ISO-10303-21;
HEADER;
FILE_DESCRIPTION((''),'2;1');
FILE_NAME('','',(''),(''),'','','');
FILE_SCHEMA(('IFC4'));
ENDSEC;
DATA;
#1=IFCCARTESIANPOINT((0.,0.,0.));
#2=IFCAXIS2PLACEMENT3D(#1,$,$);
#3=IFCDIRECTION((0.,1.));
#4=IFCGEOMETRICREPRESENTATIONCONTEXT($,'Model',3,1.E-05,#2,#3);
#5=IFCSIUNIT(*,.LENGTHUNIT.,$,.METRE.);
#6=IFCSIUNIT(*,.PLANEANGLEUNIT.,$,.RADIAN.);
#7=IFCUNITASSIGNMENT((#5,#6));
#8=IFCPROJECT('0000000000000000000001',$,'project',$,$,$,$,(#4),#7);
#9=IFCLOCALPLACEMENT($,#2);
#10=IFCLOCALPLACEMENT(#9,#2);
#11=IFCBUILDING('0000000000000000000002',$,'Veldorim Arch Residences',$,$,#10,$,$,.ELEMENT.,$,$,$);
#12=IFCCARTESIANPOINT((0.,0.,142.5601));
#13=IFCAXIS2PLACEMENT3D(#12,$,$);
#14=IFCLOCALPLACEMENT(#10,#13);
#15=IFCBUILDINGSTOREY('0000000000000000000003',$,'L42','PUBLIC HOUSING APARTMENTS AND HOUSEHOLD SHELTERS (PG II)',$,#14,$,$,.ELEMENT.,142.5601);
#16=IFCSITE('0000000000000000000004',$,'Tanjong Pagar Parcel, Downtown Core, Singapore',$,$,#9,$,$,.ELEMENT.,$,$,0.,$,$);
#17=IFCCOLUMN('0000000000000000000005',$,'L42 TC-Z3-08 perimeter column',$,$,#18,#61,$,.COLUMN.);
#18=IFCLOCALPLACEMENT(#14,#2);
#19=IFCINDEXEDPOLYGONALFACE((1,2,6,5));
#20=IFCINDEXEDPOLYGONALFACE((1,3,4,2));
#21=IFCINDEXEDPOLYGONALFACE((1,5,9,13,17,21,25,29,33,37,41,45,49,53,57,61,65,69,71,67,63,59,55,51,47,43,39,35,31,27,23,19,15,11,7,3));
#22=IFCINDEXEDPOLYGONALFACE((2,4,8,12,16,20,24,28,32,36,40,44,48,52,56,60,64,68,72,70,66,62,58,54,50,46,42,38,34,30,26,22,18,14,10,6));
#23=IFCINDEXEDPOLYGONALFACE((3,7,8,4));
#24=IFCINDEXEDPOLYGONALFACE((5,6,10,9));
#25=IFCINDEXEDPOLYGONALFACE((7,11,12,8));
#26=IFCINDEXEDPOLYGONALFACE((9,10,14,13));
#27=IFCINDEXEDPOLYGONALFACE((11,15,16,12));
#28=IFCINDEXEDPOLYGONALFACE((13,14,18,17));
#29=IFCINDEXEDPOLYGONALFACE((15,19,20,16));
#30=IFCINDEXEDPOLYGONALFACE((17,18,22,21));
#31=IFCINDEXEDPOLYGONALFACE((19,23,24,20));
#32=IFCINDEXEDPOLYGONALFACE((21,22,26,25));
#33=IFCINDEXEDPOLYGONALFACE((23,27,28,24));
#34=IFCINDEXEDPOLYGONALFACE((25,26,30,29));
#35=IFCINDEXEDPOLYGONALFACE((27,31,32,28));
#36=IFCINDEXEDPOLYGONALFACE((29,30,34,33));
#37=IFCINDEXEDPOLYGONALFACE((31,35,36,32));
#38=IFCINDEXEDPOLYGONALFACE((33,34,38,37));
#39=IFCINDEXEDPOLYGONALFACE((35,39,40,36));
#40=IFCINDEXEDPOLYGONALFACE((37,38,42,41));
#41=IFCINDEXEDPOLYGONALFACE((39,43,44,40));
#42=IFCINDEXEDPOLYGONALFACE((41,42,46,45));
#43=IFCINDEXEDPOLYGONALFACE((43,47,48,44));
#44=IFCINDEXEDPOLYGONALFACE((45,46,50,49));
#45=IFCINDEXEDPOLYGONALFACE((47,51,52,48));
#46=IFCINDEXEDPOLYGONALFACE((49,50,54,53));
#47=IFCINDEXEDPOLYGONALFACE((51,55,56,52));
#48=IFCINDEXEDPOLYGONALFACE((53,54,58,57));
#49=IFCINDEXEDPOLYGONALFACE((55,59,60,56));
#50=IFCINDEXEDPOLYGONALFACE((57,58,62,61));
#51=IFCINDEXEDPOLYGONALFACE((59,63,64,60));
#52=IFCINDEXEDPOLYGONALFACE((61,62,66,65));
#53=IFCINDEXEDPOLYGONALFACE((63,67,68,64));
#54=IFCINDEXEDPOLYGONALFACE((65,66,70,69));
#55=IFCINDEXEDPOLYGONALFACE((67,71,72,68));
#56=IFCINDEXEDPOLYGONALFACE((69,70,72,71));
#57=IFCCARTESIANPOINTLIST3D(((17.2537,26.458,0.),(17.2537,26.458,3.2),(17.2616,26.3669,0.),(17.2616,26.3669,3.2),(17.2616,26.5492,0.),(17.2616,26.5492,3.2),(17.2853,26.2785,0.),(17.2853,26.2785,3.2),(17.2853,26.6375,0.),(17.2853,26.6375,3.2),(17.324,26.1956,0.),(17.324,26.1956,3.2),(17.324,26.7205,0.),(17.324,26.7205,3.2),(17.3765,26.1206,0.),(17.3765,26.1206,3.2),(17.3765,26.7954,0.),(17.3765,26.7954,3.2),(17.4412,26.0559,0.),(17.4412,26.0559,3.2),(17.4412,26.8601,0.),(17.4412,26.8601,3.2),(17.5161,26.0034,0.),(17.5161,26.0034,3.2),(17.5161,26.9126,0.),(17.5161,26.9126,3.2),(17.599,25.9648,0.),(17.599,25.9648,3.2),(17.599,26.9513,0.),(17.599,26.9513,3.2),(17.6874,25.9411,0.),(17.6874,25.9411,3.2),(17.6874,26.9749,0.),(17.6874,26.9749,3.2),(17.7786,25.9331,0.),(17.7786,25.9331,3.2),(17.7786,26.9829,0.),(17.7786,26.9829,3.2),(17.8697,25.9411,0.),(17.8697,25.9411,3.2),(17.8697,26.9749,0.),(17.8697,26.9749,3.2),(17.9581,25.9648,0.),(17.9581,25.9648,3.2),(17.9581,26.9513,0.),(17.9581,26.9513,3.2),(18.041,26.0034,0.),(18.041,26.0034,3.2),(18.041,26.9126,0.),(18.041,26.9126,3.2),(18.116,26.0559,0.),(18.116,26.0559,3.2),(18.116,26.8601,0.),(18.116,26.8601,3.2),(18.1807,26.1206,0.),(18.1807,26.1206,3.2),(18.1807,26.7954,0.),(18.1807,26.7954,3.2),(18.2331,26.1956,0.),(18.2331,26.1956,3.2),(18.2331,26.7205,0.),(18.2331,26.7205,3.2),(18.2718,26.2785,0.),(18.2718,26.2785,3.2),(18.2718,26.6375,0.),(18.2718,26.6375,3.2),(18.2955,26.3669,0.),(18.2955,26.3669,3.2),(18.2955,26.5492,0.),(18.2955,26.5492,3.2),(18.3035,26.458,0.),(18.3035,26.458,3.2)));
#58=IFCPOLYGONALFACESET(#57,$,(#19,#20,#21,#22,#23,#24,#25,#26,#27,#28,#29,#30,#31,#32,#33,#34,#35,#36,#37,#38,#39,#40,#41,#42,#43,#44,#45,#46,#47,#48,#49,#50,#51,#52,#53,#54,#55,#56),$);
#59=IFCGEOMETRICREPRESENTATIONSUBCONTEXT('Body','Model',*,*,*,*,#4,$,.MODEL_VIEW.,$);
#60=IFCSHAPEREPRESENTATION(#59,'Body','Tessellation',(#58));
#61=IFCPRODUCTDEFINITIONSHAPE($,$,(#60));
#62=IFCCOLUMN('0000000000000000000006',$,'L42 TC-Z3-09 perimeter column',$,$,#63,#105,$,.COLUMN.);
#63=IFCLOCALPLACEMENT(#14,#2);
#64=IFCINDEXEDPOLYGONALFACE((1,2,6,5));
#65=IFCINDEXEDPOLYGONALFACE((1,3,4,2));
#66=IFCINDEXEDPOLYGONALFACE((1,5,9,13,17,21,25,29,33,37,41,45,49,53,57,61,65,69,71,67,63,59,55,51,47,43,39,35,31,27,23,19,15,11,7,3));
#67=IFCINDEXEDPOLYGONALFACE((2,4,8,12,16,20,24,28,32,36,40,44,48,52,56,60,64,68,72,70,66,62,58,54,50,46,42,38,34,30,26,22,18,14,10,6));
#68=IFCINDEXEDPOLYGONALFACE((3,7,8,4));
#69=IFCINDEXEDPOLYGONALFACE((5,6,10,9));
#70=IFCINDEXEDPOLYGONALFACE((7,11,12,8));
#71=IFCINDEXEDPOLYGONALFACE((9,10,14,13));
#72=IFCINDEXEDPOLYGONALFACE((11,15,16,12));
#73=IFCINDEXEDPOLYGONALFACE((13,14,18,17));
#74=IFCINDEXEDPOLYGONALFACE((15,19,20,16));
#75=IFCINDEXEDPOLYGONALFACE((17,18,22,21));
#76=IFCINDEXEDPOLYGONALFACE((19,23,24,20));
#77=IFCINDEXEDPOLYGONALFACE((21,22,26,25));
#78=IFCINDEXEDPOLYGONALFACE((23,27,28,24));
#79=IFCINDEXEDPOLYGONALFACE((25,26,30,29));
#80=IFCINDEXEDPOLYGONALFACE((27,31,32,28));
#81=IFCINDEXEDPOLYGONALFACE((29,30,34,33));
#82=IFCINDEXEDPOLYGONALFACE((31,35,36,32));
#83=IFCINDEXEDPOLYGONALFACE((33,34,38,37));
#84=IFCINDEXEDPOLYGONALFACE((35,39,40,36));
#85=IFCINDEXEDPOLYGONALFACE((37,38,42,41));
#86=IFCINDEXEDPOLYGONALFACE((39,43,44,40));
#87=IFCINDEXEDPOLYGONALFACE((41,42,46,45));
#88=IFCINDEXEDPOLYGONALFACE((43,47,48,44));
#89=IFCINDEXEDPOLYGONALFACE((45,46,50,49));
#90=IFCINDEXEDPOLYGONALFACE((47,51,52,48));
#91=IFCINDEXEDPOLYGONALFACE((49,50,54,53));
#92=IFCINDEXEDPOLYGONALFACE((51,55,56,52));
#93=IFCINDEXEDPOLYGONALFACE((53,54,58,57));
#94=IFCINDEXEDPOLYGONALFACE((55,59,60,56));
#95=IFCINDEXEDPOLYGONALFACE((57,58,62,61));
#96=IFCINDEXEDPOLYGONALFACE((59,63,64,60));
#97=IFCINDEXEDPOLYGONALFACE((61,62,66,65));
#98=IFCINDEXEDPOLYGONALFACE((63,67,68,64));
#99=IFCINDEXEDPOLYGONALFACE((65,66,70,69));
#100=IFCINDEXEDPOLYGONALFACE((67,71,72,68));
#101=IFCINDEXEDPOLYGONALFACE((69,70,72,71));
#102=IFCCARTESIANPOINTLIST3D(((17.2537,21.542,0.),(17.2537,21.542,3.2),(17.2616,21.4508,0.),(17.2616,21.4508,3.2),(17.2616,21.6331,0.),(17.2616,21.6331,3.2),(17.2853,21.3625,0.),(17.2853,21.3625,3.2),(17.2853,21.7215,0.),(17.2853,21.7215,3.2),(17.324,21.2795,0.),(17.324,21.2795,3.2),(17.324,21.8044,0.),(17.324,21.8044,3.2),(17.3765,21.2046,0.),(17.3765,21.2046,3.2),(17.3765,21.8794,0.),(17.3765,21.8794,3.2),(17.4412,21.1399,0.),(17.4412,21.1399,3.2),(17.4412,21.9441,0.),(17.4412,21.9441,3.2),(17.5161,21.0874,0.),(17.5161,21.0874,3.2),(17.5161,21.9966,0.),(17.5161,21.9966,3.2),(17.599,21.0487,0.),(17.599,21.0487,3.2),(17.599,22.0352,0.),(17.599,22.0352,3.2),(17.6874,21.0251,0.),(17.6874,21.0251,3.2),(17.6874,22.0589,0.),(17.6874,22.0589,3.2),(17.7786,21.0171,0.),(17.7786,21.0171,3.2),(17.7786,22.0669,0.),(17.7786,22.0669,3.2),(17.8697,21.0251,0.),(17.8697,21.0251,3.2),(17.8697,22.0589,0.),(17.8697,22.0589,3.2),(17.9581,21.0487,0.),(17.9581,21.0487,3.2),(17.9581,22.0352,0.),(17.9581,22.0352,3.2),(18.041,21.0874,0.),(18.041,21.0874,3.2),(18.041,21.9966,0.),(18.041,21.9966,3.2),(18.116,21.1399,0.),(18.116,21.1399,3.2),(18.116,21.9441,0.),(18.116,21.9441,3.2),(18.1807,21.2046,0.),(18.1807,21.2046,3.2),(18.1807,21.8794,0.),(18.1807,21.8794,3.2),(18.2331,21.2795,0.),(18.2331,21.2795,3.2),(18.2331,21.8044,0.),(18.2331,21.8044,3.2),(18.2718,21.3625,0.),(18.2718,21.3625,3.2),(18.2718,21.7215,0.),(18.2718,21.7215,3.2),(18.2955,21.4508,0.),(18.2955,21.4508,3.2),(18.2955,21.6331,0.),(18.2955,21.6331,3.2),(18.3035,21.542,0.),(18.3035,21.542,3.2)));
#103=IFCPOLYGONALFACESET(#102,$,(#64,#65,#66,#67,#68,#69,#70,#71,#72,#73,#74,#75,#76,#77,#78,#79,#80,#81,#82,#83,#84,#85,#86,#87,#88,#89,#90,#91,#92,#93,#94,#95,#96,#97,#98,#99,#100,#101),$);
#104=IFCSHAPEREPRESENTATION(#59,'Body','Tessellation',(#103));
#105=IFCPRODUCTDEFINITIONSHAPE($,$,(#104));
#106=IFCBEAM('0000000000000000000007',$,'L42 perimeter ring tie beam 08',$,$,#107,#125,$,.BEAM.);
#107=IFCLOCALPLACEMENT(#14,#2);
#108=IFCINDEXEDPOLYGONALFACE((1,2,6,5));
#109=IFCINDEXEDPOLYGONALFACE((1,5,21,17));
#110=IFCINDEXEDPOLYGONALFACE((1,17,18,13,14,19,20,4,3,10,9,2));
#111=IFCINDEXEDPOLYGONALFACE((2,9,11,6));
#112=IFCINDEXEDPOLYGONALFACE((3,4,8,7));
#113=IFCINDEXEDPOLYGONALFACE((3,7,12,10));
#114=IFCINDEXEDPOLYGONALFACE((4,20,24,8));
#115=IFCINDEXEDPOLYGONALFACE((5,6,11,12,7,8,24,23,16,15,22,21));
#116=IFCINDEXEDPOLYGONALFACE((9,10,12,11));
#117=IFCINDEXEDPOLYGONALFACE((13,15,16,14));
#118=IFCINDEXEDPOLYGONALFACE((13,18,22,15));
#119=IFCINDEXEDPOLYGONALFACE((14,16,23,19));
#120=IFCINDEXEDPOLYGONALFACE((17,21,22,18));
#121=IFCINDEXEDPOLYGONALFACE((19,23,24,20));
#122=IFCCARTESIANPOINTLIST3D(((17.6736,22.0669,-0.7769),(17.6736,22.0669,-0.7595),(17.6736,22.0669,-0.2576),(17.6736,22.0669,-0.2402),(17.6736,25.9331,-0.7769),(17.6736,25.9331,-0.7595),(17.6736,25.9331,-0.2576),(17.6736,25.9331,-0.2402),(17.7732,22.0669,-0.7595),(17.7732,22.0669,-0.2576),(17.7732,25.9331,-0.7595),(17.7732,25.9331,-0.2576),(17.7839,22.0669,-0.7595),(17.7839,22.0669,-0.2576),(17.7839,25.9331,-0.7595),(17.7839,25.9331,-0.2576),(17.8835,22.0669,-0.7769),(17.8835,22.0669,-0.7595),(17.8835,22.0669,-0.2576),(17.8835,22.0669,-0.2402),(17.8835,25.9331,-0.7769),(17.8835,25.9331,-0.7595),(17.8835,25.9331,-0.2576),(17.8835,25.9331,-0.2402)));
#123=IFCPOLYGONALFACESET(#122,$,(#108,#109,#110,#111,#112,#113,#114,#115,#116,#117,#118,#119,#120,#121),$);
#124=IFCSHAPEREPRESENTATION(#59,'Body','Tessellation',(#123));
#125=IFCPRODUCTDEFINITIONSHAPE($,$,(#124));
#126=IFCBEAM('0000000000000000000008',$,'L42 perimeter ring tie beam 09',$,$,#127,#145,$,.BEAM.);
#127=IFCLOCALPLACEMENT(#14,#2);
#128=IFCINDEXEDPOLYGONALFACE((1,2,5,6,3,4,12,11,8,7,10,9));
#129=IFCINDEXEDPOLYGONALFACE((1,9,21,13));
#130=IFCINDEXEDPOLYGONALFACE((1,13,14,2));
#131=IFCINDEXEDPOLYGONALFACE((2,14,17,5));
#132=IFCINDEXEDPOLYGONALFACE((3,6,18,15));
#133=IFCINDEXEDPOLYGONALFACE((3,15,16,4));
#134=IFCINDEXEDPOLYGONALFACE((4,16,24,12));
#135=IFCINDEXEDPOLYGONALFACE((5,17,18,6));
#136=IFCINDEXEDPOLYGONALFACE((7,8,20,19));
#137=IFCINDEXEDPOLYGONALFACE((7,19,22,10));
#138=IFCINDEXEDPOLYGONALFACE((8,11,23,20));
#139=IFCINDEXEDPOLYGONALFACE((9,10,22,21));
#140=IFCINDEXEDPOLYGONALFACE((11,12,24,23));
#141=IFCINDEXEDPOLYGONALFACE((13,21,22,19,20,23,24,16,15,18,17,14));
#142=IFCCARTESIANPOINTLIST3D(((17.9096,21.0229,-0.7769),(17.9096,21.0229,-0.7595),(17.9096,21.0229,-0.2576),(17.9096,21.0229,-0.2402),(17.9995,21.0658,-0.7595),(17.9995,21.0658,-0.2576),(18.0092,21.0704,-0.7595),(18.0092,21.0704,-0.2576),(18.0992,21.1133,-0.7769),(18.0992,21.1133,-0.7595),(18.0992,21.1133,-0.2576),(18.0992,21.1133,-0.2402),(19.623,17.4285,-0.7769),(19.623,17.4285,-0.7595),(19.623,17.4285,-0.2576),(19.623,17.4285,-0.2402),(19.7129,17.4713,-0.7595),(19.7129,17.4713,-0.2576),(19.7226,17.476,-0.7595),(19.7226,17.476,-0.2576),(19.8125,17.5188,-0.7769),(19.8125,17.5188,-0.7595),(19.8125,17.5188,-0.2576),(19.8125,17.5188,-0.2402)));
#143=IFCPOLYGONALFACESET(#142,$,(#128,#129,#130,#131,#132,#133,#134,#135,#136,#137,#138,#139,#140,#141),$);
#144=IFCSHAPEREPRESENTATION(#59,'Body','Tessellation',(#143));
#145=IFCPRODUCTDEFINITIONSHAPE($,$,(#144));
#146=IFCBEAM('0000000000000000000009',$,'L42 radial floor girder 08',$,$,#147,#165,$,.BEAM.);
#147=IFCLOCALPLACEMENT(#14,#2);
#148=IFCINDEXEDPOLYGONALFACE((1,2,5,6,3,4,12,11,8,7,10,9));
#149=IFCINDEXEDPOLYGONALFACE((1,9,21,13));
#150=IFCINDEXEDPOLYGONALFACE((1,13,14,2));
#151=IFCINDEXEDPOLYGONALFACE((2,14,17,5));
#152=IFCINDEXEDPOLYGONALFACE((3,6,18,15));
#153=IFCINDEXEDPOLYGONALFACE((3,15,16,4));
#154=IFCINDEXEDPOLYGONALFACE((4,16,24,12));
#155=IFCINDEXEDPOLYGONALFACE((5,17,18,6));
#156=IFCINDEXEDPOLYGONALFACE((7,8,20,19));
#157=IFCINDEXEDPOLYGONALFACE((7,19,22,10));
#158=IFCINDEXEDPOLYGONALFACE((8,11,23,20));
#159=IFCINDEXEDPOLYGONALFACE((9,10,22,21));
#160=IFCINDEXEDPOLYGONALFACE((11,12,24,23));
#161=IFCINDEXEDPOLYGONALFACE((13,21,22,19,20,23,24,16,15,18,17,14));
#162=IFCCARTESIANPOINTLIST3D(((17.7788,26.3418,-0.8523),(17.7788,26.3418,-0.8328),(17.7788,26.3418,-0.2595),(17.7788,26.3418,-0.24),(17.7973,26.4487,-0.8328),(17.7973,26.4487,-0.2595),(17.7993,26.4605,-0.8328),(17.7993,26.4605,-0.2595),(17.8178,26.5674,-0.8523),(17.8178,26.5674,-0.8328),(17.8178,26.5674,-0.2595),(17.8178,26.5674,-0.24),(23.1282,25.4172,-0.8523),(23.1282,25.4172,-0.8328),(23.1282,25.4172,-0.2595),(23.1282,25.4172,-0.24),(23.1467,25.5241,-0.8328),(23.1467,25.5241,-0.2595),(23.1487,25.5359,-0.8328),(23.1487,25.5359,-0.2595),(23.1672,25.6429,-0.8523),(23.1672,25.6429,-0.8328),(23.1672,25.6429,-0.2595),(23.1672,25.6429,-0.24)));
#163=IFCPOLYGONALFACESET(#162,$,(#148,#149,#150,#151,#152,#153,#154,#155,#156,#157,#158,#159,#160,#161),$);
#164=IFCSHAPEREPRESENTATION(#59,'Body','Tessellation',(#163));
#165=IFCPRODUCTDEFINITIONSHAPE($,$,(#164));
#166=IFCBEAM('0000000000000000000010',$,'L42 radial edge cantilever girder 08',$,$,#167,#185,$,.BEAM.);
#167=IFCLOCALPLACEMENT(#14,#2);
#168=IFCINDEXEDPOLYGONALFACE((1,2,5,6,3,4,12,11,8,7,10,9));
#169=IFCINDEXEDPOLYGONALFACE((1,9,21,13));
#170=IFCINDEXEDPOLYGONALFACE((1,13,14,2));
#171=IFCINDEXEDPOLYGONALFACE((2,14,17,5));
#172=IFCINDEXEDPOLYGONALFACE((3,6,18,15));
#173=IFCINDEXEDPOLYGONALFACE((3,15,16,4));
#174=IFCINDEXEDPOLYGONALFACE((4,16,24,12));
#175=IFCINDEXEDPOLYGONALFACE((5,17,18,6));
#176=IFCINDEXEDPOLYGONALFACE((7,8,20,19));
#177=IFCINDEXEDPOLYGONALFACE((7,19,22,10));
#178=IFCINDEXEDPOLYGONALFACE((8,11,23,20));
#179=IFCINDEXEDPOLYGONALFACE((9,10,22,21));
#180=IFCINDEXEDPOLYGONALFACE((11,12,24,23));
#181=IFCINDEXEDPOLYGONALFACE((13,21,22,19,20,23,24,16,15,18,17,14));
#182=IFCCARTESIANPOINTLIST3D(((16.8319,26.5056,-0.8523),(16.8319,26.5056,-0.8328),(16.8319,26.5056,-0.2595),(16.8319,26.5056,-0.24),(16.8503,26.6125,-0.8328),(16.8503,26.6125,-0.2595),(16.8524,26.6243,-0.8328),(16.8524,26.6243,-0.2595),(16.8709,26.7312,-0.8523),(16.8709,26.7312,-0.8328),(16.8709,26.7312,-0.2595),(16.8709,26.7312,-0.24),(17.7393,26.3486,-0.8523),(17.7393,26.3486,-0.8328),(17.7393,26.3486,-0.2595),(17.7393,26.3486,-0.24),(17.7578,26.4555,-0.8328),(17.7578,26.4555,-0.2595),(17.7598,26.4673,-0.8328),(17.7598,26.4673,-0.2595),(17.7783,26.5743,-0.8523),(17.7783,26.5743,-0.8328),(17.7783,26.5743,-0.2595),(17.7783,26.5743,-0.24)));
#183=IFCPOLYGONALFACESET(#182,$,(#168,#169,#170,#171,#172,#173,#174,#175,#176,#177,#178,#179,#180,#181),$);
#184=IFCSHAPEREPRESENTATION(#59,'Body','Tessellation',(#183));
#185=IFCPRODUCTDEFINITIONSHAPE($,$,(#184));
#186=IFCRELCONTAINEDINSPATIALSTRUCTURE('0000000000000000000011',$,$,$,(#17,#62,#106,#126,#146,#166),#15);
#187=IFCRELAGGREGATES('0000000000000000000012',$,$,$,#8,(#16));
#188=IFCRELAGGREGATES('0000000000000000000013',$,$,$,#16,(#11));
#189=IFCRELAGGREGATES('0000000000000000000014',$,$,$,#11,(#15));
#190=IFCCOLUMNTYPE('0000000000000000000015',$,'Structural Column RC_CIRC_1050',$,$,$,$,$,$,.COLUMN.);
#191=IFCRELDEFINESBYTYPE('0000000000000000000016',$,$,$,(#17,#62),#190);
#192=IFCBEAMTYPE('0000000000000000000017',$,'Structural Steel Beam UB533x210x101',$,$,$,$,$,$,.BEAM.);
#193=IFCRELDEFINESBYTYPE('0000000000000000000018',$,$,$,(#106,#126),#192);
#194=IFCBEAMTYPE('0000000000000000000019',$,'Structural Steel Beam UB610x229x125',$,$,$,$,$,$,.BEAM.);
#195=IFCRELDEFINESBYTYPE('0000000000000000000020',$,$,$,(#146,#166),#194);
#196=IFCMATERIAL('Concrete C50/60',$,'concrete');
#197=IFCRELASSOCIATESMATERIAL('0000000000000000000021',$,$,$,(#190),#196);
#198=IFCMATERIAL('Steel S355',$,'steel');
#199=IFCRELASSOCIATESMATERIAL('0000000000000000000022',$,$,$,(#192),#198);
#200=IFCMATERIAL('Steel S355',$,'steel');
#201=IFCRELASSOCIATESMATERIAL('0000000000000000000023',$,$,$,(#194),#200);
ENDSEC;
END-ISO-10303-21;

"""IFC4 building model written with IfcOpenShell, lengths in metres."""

from ifc_helpers import new_model, si_unit, direction, frame, origin, origin_2d, place, context, subcontext, project, spatial, circle, i_section, extrude, material, material_profile, profile_set, type_object, element, save


model = new_model("IFC4")

# Units and contexts
model_context = context("Model", 3, precision=1e-05, world=origin(), true_north=direction((0.0, 1.0)))
body_context = subcontext(model_context, "Body", "Model", "MODEL_VIEW")
ifc_project = project(units=[si_unit("LENGTHUNIT", "METRE"), si_unit("PLANEANGLEUNIT", "RADIAN")], contexts=[model_context])

# Site, building, storey
site_placement = place(None, origin())
site = spatial("IfcSite", under=ifc_project, at=site_placement, Name="Tanjong Pagar Parcel, Downtown Core, Singapore", CompositionType="ELEMENT", RefElevation=0.0)
building_placement = place(site_placement, origin())
building = spatial("IfcBuilding", under=site, at=building_placement, Name="Veldorim Arch Residences", CompositionType="ELEMENT")
storey_placement = place(building_placement, frame((0.0, 0.0, 142.5601)))
storey = spatial("IfcBuildingStorey", under=building, at=storey_placement, Name="L42", Description="PUBLIC HOUSING APARTMENTS AND HOUSEHOLD SHELTERS (PG II)", CompositionType="ELEMENT", Elevation=142.5601)

# Columns
ifc_material_1 = material(Name="Concrete C50/60", Category="concrete")
ifc_material_profile_1 = material_profile(ifc_material_1, circle(Radius=0.5249, at=origin_2d()), Name="RC_CIRC_1050")
ifc_profile_set_1 = profile_set([ifc_material_profile_1], Name="Concrete C50/60")
column_type = type_object("IfcColumnType", Name="Structural Column RC_CIRC_1050", PredefinedType="COLUMN", material=ifc_profile_set_1)
for number, where, z_axis, x_axis, name in (
    (1, (17.7786, 26.458, 0.0), (0.0, 0.0, 1.0), (1.0, 0.0, 0.0), "L42 TC-Z3-08 perimeter column"),
    (2, (17.7786, 21.542, 0.0), (0.0, 0.0, 1.0), (1.0, 0.0, 0.0), "L42 TC-Z3-09 perimeter column"),
):
    element("IfcColumn", number, at=place(storey_placement, frame(where, z_axis=z_axis, x_axis=x_axis)), inside=storey, type_object=column_type, Name=name, PredefinedType="COLUMN", context=body_context, shape_type="SweptSolid", body=[
        extrude(circle(Radius=0.5249, at=origin_2d()), origin(), (0.0, 0.0, 1.0), 3.2),
    ])

# Beams
ifc_material_2 = material(Name="Steel S355", Category="steel")
ifc_material_profile_2 = material_profile(ifc_material_2, i_section(OverallWidth=0.21, OverallDepth=0.5366, WebThickness=0.0107, FlangeThickness=0.0173, at=origin_2d()), Name="UB533x210x101")
ifc_profile_set_2 = profile_set([ifc_material_profile_2], Name="Steel S355")
beam_type_1 = type_object("IfcBeamType", Name="Structural Steel Beam UB533x210x101", PredefinedType="BEAM", material=ifc_profile_set_2)
beam_1_placement = place(storey_placement, frame((17.7786, 25.9331, -0.5085), z_axis=(0.0, -1.0, 0.0), x_axis=(1.0, 0.0, 0.0)))
element("IfcBeam", 3, at=beam_1_placement, inside=storey, type_object=beam_type_1, Name="L42 perimeter ring tie beam 08", PredefinedType="BEAM", context=body_context, shape_type="SweptSolid", body=[
    extrude(i_section(OverallWidth=0.21, OverallDepth=0.5366, WebThickness=0.0107, FlangeThickness=0.0173, at=origin_2d()), origin(), (0.0, 0.0, 1.0), 3.8662),
])
beam_2_placement = place(storey_placement, frame((18.0044, 21.0681, -0.5085), z_axis=(0.430286, -0.902693, 0.0), x_axis=(0.902693, 0.430286, 0.0)))
element("IfcBeam", 4, at=beam_2_placement, inside=storey, type_object=beam_type_1, Name="L42 perimeter ring tie beam 09", PredefinedType="BEAM", context=body_context, shape_type="SweptSolid", body=[
    extrude(i_section(OverallWidth=0.21, OverallDepth=0.5366, WebThickness=0.0107, FlangeThickness=0.0173, at=origin_2d()), origin(), (0.0, 0.0, 1.0), 3.9819),
])
ifc_material_3 = material(Name="Steel S355", Category="steel")
ifc_material_profile_3 = material_profile(ifc_material_3, i_section(OverallWidth=0.229, OverallDepth=0.6123, WebThickness=0.012, FlangeThickness=0.0195, at=origin_2d()), Name="UB610x229x125")
ifc_profile_set_3 = profile_set([ifc_material_profile_3], Name="Steel S355")
beam_type_2 = type_object("IfcBeamType", Name="Structural Steel Beam UB610x229x125", PredefinedType="BEAM", material=ifc_profile_set_3)
beam_3_placement = place(storey_placement, frame((23.1477, 25.53, -0.5461), z_axis=(-0.98539, 0.170311, 0.0), x_axis=(-0.170311, -0.98539, 0.0)))
element("IfcBeam", 5, at=beam_3_placement, inside=storey, type_object=beam_type_2, Name="L42 radial floor girder 08", PredefinedType="BEAM", context=body_context, shape_type="SweptSolid", body=[
    extrude(i_section(OverallWidth=0.229, OverallDepth=0.6123, WebThickness=0.012, FlangeThickness=0.0195, at=origin_2d()), origin(), (0.0, 0.0, 1.0), 5.4287),
])
beam_4_placement = place(storey_placement, frame((17.7588, 26.4614, -0.5461), z_axis=(-0.985365, 0.170457, 0.0), x_axis=(-0.170457, -0.985365, 0.0)))
element("IfcBeam", 6, at=beam_4_placement, inside=storey, type_object=beam_type_2, Name="L42 radial edge cantilever girder 08", PredefinedType="BEAM", context=body_context, shape_type="SweptSolid", body=[
    extrude(i_section(OverallWidth=0.229, OverallDepth=0.6123, WebThickness=0.012, FlangeThickness=0.0195, at=origin_2d()), origin(), (0.0, 0.0, 1.0), 0.9209),
])

save(model, "model.ifc")
